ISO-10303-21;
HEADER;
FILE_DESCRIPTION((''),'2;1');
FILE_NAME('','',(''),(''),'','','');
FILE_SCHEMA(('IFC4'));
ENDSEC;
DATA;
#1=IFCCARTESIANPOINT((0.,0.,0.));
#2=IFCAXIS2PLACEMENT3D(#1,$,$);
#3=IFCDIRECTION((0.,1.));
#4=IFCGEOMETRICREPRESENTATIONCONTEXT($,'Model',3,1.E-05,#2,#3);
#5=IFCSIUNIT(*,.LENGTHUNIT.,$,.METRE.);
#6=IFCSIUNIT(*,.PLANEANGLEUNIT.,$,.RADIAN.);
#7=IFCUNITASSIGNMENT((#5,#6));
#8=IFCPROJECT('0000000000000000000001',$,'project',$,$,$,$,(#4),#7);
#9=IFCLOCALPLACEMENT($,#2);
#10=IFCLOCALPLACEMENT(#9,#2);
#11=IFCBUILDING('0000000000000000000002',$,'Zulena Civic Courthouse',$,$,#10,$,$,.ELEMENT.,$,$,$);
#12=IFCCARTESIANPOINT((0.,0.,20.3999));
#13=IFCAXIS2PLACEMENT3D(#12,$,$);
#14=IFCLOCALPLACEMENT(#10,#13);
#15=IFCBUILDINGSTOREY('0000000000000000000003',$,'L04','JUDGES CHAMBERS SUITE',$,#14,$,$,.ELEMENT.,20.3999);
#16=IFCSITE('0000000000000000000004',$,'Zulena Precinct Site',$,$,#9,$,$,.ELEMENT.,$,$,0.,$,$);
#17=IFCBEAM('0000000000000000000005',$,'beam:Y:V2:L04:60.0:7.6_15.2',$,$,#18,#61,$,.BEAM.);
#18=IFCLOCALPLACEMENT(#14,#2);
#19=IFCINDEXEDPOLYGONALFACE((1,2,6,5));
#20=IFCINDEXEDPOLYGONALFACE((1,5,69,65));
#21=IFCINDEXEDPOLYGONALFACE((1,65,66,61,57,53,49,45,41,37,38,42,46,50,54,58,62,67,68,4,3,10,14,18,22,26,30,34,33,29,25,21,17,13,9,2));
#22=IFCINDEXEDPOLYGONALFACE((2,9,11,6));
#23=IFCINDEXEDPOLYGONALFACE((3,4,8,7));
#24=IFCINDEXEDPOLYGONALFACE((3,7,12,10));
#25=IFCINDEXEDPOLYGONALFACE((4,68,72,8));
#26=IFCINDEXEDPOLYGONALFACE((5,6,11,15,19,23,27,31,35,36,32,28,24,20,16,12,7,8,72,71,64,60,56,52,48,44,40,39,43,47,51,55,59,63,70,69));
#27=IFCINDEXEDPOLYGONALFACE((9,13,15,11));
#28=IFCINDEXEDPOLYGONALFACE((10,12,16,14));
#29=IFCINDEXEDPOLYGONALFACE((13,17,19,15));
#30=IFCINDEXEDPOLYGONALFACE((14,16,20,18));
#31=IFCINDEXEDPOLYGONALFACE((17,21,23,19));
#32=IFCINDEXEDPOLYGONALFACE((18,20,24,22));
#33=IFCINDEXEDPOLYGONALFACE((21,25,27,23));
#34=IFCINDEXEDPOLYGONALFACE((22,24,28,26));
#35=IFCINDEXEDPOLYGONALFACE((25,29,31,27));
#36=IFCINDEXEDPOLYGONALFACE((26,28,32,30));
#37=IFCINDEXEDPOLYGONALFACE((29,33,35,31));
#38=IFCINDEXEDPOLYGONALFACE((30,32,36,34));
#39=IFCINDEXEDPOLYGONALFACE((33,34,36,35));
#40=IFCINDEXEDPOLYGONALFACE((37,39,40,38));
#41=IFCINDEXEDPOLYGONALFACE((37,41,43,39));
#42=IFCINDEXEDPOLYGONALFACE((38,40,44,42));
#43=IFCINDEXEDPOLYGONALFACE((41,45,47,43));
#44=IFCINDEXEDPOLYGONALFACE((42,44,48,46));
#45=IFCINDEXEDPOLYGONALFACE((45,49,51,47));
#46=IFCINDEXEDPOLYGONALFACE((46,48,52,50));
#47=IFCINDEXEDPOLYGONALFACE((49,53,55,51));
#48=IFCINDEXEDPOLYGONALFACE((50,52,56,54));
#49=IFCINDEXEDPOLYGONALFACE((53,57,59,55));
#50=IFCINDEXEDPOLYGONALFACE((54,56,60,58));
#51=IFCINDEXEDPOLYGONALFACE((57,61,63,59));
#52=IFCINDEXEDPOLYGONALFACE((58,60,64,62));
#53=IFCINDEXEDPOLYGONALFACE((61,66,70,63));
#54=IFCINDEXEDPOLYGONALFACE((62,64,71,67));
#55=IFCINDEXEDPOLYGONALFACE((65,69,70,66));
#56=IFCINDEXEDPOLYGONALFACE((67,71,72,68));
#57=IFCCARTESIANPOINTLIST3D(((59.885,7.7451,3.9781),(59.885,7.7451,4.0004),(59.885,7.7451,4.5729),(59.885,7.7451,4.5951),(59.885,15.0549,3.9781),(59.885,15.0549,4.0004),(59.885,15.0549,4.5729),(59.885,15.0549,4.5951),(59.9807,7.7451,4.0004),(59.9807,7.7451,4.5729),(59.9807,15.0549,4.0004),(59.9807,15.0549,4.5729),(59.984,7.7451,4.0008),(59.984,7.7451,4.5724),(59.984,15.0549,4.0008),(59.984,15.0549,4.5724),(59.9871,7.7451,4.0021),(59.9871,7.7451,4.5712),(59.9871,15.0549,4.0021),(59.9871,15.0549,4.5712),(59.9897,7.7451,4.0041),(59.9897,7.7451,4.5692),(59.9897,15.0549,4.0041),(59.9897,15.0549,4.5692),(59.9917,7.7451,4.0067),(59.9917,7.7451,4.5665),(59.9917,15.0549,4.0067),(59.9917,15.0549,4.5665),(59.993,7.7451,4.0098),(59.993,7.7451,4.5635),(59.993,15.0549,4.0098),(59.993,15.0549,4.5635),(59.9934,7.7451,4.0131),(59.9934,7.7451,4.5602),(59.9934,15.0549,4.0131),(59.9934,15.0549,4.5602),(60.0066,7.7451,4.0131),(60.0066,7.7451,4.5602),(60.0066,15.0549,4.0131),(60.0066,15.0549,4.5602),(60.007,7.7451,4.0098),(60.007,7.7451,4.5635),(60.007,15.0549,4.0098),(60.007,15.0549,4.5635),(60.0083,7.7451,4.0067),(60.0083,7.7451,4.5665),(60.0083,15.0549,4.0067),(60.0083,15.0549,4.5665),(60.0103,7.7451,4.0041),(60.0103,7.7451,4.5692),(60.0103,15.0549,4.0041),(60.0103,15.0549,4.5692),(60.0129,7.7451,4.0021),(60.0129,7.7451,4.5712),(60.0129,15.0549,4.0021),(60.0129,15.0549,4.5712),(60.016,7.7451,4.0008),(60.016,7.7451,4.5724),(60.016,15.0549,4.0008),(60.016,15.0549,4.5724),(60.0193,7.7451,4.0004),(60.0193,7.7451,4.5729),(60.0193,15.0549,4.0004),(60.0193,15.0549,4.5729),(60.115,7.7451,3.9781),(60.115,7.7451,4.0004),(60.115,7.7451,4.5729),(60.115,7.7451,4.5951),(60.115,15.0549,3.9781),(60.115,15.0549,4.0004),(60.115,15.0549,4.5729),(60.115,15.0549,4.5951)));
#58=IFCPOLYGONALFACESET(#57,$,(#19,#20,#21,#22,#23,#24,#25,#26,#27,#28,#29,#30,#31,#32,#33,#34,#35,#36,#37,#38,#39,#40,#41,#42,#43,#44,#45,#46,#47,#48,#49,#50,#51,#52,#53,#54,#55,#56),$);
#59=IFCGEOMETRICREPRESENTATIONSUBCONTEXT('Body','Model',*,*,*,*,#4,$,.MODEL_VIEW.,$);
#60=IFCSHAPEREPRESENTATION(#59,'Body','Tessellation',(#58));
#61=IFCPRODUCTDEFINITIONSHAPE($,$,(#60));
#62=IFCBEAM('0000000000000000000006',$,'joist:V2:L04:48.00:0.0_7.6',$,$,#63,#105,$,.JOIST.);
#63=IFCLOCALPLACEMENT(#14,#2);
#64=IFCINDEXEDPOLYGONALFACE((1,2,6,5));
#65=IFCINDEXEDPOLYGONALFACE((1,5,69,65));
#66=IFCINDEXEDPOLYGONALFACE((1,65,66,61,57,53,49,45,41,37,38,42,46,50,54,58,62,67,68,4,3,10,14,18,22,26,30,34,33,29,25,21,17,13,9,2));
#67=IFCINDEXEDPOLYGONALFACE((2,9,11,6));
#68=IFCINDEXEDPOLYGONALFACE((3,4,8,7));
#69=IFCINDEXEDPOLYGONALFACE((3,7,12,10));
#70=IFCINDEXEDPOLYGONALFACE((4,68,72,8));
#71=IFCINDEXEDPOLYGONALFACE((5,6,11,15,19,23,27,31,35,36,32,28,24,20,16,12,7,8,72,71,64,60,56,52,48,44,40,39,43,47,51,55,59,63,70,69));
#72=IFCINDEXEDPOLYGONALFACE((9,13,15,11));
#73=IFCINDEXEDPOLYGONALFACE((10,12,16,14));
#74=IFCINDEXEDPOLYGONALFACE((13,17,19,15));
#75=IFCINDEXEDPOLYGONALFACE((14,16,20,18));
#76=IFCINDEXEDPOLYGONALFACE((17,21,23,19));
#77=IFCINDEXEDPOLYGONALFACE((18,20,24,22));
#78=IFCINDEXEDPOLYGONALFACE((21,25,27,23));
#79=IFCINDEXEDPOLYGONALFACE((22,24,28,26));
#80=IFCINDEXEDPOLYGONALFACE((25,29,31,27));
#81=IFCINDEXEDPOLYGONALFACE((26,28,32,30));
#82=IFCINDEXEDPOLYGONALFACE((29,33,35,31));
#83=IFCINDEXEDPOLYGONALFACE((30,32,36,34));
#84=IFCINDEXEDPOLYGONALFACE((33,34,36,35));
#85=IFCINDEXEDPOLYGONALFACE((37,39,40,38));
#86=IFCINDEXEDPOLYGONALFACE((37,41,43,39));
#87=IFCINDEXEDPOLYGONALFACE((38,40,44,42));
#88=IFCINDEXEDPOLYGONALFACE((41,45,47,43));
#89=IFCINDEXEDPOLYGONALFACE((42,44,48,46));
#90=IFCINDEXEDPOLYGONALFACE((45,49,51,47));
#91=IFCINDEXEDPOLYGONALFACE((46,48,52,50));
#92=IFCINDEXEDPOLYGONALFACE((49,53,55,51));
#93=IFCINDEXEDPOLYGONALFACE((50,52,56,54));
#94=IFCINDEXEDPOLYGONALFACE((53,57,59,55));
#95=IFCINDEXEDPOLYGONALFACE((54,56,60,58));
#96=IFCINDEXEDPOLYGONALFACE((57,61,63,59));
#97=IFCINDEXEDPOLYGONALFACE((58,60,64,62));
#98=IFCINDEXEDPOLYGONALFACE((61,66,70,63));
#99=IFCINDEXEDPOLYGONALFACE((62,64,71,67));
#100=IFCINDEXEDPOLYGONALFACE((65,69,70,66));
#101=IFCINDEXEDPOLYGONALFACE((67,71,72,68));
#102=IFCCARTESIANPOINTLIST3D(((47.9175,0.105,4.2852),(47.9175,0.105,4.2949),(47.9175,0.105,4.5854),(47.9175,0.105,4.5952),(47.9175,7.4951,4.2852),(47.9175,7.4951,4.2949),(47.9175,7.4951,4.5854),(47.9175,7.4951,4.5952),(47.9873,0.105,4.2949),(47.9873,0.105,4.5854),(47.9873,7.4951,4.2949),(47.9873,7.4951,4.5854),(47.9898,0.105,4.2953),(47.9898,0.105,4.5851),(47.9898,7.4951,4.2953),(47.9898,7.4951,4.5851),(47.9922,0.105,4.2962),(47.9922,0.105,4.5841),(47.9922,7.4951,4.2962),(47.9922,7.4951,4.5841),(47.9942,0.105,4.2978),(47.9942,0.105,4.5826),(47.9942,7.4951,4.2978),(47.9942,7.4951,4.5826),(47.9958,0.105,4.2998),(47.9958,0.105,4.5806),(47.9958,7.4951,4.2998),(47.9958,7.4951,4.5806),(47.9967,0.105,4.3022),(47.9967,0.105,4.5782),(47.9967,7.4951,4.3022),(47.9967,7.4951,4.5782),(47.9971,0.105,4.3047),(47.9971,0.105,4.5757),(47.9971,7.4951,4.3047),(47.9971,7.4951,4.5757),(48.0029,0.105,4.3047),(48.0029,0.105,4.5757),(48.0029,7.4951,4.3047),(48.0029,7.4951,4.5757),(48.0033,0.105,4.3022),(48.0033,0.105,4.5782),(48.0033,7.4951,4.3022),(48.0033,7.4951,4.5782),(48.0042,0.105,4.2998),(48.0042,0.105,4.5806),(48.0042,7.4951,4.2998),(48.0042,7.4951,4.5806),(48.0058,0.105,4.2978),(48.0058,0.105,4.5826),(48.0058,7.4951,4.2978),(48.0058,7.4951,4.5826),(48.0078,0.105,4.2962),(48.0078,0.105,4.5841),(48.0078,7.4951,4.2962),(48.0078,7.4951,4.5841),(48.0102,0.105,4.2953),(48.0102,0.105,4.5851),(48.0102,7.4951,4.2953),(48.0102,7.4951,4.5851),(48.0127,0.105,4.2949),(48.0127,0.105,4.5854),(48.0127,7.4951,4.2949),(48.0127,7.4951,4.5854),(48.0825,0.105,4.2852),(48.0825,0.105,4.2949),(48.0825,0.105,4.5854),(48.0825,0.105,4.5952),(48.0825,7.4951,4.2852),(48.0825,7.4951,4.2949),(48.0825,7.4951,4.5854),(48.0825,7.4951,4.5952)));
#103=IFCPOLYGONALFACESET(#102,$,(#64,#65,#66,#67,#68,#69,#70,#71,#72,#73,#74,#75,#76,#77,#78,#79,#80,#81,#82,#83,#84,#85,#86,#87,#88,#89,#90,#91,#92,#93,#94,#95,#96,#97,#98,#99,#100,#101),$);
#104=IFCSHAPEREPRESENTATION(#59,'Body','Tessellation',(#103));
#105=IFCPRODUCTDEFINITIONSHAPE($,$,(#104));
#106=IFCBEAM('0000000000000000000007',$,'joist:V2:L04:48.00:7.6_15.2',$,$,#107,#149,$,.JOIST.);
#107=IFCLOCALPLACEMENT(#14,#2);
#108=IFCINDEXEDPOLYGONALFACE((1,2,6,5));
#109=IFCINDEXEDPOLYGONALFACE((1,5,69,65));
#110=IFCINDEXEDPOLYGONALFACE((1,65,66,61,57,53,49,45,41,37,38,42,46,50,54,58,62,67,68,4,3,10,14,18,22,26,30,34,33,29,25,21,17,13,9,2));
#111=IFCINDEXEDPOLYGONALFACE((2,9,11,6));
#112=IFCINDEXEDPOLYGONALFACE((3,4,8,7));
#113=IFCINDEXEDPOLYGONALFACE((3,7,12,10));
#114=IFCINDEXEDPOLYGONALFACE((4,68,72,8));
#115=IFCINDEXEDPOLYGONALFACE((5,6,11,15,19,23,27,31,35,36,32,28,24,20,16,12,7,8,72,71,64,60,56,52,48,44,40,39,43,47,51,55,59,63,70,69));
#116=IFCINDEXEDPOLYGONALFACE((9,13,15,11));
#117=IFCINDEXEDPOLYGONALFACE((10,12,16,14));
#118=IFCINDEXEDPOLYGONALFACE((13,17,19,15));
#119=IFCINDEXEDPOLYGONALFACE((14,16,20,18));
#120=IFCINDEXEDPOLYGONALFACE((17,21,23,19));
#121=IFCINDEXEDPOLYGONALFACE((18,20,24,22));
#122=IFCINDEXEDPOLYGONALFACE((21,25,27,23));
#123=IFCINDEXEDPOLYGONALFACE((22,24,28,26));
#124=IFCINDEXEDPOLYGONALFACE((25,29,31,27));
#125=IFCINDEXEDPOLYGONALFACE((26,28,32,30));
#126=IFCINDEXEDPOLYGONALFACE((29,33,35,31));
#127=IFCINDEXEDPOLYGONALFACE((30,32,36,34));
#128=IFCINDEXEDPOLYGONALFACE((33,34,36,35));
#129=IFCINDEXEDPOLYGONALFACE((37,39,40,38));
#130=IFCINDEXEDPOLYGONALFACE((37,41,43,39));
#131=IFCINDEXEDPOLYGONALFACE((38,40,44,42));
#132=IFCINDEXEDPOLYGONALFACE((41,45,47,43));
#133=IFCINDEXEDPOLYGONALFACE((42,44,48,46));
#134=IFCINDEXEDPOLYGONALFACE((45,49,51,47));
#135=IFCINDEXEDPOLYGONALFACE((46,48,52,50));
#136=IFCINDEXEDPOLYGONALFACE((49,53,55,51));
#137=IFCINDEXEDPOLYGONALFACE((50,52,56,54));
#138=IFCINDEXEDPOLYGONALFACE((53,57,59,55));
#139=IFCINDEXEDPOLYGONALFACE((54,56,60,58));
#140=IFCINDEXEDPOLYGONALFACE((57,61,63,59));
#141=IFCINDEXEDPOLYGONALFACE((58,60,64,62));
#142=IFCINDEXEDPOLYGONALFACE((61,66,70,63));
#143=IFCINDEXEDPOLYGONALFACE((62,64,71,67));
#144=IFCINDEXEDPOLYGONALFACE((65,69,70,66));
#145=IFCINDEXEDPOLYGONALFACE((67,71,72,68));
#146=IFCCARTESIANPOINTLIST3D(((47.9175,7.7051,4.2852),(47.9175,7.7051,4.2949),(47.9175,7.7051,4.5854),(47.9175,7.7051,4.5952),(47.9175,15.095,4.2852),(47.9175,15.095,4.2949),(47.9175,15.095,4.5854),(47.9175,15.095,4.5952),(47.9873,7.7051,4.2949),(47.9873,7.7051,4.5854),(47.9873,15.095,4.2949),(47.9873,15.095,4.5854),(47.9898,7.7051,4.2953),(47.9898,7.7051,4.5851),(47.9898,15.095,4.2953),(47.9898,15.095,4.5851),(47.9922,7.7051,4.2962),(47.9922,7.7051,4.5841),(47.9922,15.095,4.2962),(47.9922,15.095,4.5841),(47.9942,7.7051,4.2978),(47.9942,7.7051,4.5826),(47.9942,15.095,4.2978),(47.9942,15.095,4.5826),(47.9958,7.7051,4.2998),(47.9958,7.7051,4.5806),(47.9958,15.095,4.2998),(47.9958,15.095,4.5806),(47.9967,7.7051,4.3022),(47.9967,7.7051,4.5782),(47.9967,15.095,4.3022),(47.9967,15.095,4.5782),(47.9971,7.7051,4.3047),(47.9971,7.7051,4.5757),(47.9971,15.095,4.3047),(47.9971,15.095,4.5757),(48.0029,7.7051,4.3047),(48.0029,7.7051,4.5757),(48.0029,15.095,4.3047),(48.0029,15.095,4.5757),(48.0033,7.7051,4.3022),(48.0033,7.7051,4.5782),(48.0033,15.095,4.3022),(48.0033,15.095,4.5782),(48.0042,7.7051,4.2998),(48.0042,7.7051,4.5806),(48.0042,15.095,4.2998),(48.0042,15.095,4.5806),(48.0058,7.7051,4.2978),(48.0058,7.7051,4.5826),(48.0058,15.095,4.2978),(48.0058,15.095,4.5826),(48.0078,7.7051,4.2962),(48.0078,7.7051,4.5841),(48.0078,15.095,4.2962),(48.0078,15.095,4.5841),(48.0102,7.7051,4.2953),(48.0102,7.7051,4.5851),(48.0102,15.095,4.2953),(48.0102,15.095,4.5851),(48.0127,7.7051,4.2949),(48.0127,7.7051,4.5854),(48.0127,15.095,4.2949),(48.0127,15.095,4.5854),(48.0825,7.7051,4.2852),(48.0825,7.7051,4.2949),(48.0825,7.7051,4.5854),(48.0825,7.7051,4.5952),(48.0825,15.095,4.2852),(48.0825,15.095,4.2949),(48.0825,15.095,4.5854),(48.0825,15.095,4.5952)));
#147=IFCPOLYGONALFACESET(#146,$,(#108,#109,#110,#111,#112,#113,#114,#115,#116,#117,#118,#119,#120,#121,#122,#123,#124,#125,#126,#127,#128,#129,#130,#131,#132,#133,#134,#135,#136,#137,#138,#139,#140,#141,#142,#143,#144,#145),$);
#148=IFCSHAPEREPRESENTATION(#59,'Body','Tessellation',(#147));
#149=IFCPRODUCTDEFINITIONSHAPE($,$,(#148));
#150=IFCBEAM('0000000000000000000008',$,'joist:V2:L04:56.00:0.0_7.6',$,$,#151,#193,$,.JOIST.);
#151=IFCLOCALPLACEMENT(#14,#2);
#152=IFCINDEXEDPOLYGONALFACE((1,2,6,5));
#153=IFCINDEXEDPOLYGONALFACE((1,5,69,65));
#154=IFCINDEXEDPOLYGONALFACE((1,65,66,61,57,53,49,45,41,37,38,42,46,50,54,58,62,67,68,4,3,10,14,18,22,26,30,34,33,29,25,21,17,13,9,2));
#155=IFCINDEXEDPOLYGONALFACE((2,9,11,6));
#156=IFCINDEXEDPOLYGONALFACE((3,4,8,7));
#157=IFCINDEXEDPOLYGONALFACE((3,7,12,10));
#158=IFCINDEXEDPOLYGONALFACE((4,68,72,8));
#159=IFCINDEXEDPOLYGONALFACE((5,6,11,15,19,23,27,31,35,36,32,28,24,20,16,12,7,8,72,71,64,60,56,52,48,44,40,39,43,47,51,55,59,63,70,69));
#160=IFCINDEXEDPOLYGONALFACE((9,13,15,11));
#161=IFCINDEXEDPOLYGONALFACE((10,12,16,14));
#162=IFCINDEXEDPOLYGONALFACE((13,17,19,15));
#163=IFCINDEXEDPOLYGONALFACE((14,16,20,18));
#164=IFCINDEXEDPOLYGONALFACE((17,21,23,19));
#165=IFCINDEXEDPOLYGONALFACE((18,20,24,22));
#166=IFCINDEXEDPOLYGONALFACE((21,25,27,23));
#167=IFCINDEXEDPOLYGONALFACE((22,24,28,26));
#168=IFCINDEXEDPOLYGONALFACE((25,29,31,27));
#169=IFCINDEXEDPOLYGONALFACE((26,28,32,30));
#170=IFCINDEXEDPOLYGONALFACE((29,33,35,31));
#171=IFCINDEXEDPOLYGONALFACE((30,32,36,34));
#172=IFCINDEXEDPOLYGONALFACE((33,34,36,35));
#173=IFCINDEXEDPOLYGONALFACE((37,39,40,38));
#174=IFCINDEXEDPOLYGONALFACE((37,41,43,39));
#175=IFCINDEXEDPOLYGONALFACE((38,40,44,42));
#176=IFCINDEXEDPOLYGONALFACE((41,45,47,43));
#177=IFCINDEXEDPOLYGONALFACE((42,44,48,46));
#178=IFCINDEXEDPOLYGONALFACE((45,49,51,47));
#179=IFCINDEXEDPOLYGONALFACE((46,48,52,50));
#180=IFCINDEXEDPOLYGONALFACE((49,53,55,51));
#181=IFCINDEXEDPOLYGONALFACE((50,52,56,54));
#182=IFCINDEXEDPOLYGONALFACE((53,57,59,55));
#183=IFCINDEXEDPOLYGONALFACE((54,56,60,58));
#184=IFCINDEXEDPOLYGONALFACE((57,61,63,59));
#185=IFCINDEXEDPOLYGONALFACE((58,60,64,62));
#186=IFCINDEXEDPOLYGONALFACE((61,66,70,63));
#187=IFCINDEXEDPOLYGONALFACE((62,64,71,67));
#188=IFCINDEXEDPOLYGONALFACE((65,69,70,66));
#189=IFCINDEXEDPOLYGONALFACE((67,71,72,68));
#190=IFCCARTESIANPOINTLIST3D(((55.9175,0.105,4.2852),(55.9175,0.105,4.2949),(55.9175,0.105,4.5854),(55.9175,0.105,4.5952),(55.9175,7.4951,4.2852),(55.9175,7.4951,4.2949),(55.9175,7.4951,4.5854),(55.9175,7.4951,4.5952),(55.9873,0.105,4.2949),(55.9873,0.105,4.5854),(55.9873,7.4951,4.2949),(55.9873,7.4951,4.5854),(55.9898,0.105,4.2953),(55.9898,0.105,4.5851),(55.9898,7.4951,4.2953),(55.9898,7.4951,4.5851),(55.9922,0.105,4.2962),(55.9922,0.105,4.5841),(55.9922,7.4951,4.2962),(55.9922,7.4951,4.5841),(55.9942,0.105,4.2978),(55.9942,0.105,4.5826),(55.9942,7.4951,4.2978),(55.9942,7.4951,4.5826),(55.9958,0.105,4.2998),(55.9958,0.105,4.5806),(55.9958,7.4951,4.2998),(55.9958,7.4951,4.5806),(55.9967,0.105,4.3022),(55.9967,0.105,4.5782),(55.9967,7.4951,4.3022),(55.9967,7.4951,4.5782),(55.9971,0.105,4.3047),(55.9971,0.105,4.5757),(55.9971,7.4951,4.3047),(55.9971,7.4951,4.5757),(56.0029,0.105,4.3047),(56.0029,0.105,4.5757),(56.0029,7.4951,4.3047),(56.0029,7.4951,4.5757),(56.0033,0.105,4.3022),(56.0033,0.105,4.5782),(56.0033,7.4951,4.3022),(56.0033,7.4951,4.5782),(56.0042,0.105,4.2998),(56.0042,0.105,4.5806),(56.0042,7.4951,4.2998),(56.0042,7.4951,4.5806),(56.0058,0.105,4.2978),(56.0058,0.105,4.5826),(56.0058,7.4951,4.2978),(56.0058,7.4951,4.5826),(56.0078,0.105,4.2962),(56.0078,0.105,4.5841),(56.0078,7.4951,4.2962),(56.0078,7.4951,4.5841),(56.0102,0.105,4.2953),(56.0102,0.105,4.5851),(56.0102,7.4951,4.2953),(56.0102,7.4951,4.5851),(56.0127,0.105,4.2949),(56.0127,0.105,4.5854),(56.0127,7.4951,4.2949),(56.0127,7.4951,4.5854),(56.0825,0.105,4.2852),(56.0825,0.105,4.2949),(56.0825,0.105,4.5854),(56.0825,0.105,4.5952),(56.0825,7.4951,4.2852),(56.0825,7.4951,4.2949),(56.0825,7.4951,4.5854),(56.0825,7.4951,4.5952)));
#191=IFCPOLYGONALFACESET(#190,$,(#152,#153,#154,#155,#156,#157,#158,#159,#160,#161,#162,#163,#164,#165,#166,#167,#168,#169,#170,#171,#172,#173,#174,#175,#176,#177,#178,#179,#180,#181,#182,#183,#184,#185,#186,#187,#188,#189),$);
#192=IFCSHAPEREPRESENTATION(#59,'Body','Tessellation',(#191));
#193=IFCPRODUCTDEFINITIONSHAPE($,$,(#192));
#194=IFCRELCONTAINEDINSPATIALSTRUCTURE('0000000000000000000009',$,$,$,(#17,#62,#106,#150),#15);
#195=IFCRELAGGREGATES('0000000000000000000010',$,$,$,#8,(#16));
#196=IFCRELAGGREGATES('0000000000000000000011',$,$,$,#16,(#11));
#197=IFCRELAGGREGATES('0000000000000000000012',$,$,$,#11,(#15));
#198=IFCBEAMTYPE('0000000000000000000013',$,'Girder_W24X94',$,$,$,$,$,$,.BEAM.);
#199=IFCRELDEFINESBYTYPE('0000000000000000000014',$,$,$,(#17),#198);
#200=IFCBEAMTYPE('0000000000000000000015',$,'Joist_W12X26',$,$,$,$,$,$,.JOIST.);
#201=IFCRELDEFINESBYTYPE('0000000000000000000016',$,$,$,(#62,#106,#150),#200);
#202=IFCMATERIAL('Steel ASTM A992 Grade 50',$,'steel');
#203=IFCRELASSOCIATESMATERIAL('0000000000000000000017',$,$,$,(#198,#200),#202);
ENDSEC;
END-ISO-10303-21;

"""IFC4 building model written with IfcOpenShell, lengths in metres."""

from ifc_helpers import new_model, si_unit, direction, frame, origin, origin_2d, place, context, subcontext, project, spatial, i_section, extrude, material, material_profile, profile_set, type_object, element, save


model = new_model("IFC4")

# Units and contexts
model_context = context("Model", 3, precision=1e-05, world=origin(), true_north=direction((0.0, 1.0)))
body_context = subcontext(model_context, "Body", "Model", "MODEL_VIEW")
ifc_project = project(units=[si_unit("LENGTHUNIT", "METRE"), si_unit("PLANEANGLEUNIT", "RADIAN")], contexts=[model_context])

# Site, building, storey
site_placement = place(None, origin())
site = spatial("IfcSite", under=ifc_project, at=site_placement, Name="Zulena Precinct Site", CompositionType="ELEMENT", RefElevation=0.0)
building_placement = place(site_placement, origin())
building = spatial("IfcBuilding", under=site, at=building_placement, Name="Zulena Civic Courthouse", CompositionType="ELEMENT")
storey_placement = place(building_placement, frame((0.0, 0.0, 20.3999)))
storey = spatial("IfcBuildingStorey", under=building, at=storey_placement, Name="L04", Description="JUDGES CHAMBERS SUITE", CompositionType="ELEMENT", Elevation=20.3999)

# Shared definitions
ifc_material_1 = material(Name="Steel ASTM A992 Grade 50", Category="steel")

# Beams
ifc_material_profile_1 = material_profile(ifc_material_1, i_section(OverallWidth=0.23, OverallDepth=0.6169, WebThickness=0.0132, FlangeThickness=0.0222, FilletRadius=0.0127, at=origin_2d()), Name="W24X94")
ifc_profile_set_1 = profile_set([ifc_material_profile_1], Name="Steel ASTM A992 Grade 50")
beam_type_1 = type_object("IfcBeamType", Name="Girder_W24X94", PredefinedType="BEAM", material=ifc_profile_set_1)
for number, where, z_axis, x_axis, name in (
    (1, (60.0, 7.7451, 4.2866), (0.0, 1.0, 0.0), (-1.0, 0.0, 0.0), "beam:Y:V2:L04:60.0:7.6_15.2"),
):
    element("IfcBeam", number, at=place(storey_placement, frame(where, z_axis=z_axis, x_axis=x_axis)), inside=storey, type_object=beam_type_1, Name=name, PredefinedType="BEAM", context=body_context, shape_type="SweptSolid", body=[
        extrude(i_section(OverallWidth=0.23, OverallDepth=0.6169, WebThickness=0.0132, FlangeThickness=0.0222, FilletRadius=0.0127, at=origin_2d()), origin(), (0.0, 0.0, 1.0), 7.3098),
    ])
ifc_material_profile_2 = material_profile(ifc_material_1, i_section(OverallWidth=0.165, OverallDepth=0.3101, WebThickness=0.0059, FlangeThickness=0.0098, FilletRadius=0.0098, at=origin_2d()), Name="W12X26")
ifc_profile_set_2 = profile_set([ifc_material_profile_2], Name="Steel ASTM A992 Grade 50")
beam_type_2 = type_object("IfcBeamType", Name="Joist_W12X26", PredefinedType="JOIST", material=ifc_profile_set_2)
beam_1_placement = place(storey_placement, frame((48.0, 0.105, 4.4402), z_axis=(0.0, 1.0, 0.0), x_axis=(-1.0, 0.0, 0.0)))
element("IfcBeam", 2, at=beam_1_placement, inside=storey, type_object=beam_type_2, Name="joist:V2:L04:48.00:0.0_7.6", PredefinedType="JOIST", context=body_context, shape_type="SweptSolid", body=[
    extrude(i_section(OverallWidth=0.165, OverallDepth=0.3101, WebThickness=0.0059, FlangeThickness=0.0098, FilletRadius=0.0098, at=origin_2d()), origin(), (0.0, 0.0, 1.0), 7.3901),
])
beam_2_placement = place(storey_placement, frame((48.0, 7.7051, 4.4402), z_axis=(0.0, 1.0, 0.0), x_axis=(-1.0, 0.0, 0.0)))
element("IfcBeam", 3, at=beam_2_placement, inside=storey, type_object=beam_type_2, Name="joist:V2:L04:48.00:7.6_15.2", PredefinedType="JOIST", context=body_context, shape_type="SweptSolid", body=[
    extrude(i_section(OverallWidth=0.165, OverallDepth=0.3101, WebThickness=0.0059, FlangeThickness=0.0098, FilletRadius=0.0098, at=origin_2d()), origin(), (0.0, 0.0, 1.0), 7.3899),
])
beam_3_placement = place(storey_placement, frame((56.0, 0.105, 4.4402), z_axis=(0.0, 1.0, 0.0), x_axis=(-1.0, 0.0, 0.0)))
element("IfcBeam", 4, at=beam_3_placement, inside=storey, type_object=beam_type_2, Name="joist:V2:L04:56.00:0.0_7.6", PredefinedType="JOIST", context=body_context, shape_type="SweptSolid", body=[
    extrude(i_section(OverallWidth=0.165, OverallDepth=0.3101, WebThickness=0.0059, FlangeThickness=0.0098, FilletRadius=0.0098, at=origin_2d()), origin(), (0.0, 0.0, 1.0), 7.3901),
])

save(model, "model.ifc")
